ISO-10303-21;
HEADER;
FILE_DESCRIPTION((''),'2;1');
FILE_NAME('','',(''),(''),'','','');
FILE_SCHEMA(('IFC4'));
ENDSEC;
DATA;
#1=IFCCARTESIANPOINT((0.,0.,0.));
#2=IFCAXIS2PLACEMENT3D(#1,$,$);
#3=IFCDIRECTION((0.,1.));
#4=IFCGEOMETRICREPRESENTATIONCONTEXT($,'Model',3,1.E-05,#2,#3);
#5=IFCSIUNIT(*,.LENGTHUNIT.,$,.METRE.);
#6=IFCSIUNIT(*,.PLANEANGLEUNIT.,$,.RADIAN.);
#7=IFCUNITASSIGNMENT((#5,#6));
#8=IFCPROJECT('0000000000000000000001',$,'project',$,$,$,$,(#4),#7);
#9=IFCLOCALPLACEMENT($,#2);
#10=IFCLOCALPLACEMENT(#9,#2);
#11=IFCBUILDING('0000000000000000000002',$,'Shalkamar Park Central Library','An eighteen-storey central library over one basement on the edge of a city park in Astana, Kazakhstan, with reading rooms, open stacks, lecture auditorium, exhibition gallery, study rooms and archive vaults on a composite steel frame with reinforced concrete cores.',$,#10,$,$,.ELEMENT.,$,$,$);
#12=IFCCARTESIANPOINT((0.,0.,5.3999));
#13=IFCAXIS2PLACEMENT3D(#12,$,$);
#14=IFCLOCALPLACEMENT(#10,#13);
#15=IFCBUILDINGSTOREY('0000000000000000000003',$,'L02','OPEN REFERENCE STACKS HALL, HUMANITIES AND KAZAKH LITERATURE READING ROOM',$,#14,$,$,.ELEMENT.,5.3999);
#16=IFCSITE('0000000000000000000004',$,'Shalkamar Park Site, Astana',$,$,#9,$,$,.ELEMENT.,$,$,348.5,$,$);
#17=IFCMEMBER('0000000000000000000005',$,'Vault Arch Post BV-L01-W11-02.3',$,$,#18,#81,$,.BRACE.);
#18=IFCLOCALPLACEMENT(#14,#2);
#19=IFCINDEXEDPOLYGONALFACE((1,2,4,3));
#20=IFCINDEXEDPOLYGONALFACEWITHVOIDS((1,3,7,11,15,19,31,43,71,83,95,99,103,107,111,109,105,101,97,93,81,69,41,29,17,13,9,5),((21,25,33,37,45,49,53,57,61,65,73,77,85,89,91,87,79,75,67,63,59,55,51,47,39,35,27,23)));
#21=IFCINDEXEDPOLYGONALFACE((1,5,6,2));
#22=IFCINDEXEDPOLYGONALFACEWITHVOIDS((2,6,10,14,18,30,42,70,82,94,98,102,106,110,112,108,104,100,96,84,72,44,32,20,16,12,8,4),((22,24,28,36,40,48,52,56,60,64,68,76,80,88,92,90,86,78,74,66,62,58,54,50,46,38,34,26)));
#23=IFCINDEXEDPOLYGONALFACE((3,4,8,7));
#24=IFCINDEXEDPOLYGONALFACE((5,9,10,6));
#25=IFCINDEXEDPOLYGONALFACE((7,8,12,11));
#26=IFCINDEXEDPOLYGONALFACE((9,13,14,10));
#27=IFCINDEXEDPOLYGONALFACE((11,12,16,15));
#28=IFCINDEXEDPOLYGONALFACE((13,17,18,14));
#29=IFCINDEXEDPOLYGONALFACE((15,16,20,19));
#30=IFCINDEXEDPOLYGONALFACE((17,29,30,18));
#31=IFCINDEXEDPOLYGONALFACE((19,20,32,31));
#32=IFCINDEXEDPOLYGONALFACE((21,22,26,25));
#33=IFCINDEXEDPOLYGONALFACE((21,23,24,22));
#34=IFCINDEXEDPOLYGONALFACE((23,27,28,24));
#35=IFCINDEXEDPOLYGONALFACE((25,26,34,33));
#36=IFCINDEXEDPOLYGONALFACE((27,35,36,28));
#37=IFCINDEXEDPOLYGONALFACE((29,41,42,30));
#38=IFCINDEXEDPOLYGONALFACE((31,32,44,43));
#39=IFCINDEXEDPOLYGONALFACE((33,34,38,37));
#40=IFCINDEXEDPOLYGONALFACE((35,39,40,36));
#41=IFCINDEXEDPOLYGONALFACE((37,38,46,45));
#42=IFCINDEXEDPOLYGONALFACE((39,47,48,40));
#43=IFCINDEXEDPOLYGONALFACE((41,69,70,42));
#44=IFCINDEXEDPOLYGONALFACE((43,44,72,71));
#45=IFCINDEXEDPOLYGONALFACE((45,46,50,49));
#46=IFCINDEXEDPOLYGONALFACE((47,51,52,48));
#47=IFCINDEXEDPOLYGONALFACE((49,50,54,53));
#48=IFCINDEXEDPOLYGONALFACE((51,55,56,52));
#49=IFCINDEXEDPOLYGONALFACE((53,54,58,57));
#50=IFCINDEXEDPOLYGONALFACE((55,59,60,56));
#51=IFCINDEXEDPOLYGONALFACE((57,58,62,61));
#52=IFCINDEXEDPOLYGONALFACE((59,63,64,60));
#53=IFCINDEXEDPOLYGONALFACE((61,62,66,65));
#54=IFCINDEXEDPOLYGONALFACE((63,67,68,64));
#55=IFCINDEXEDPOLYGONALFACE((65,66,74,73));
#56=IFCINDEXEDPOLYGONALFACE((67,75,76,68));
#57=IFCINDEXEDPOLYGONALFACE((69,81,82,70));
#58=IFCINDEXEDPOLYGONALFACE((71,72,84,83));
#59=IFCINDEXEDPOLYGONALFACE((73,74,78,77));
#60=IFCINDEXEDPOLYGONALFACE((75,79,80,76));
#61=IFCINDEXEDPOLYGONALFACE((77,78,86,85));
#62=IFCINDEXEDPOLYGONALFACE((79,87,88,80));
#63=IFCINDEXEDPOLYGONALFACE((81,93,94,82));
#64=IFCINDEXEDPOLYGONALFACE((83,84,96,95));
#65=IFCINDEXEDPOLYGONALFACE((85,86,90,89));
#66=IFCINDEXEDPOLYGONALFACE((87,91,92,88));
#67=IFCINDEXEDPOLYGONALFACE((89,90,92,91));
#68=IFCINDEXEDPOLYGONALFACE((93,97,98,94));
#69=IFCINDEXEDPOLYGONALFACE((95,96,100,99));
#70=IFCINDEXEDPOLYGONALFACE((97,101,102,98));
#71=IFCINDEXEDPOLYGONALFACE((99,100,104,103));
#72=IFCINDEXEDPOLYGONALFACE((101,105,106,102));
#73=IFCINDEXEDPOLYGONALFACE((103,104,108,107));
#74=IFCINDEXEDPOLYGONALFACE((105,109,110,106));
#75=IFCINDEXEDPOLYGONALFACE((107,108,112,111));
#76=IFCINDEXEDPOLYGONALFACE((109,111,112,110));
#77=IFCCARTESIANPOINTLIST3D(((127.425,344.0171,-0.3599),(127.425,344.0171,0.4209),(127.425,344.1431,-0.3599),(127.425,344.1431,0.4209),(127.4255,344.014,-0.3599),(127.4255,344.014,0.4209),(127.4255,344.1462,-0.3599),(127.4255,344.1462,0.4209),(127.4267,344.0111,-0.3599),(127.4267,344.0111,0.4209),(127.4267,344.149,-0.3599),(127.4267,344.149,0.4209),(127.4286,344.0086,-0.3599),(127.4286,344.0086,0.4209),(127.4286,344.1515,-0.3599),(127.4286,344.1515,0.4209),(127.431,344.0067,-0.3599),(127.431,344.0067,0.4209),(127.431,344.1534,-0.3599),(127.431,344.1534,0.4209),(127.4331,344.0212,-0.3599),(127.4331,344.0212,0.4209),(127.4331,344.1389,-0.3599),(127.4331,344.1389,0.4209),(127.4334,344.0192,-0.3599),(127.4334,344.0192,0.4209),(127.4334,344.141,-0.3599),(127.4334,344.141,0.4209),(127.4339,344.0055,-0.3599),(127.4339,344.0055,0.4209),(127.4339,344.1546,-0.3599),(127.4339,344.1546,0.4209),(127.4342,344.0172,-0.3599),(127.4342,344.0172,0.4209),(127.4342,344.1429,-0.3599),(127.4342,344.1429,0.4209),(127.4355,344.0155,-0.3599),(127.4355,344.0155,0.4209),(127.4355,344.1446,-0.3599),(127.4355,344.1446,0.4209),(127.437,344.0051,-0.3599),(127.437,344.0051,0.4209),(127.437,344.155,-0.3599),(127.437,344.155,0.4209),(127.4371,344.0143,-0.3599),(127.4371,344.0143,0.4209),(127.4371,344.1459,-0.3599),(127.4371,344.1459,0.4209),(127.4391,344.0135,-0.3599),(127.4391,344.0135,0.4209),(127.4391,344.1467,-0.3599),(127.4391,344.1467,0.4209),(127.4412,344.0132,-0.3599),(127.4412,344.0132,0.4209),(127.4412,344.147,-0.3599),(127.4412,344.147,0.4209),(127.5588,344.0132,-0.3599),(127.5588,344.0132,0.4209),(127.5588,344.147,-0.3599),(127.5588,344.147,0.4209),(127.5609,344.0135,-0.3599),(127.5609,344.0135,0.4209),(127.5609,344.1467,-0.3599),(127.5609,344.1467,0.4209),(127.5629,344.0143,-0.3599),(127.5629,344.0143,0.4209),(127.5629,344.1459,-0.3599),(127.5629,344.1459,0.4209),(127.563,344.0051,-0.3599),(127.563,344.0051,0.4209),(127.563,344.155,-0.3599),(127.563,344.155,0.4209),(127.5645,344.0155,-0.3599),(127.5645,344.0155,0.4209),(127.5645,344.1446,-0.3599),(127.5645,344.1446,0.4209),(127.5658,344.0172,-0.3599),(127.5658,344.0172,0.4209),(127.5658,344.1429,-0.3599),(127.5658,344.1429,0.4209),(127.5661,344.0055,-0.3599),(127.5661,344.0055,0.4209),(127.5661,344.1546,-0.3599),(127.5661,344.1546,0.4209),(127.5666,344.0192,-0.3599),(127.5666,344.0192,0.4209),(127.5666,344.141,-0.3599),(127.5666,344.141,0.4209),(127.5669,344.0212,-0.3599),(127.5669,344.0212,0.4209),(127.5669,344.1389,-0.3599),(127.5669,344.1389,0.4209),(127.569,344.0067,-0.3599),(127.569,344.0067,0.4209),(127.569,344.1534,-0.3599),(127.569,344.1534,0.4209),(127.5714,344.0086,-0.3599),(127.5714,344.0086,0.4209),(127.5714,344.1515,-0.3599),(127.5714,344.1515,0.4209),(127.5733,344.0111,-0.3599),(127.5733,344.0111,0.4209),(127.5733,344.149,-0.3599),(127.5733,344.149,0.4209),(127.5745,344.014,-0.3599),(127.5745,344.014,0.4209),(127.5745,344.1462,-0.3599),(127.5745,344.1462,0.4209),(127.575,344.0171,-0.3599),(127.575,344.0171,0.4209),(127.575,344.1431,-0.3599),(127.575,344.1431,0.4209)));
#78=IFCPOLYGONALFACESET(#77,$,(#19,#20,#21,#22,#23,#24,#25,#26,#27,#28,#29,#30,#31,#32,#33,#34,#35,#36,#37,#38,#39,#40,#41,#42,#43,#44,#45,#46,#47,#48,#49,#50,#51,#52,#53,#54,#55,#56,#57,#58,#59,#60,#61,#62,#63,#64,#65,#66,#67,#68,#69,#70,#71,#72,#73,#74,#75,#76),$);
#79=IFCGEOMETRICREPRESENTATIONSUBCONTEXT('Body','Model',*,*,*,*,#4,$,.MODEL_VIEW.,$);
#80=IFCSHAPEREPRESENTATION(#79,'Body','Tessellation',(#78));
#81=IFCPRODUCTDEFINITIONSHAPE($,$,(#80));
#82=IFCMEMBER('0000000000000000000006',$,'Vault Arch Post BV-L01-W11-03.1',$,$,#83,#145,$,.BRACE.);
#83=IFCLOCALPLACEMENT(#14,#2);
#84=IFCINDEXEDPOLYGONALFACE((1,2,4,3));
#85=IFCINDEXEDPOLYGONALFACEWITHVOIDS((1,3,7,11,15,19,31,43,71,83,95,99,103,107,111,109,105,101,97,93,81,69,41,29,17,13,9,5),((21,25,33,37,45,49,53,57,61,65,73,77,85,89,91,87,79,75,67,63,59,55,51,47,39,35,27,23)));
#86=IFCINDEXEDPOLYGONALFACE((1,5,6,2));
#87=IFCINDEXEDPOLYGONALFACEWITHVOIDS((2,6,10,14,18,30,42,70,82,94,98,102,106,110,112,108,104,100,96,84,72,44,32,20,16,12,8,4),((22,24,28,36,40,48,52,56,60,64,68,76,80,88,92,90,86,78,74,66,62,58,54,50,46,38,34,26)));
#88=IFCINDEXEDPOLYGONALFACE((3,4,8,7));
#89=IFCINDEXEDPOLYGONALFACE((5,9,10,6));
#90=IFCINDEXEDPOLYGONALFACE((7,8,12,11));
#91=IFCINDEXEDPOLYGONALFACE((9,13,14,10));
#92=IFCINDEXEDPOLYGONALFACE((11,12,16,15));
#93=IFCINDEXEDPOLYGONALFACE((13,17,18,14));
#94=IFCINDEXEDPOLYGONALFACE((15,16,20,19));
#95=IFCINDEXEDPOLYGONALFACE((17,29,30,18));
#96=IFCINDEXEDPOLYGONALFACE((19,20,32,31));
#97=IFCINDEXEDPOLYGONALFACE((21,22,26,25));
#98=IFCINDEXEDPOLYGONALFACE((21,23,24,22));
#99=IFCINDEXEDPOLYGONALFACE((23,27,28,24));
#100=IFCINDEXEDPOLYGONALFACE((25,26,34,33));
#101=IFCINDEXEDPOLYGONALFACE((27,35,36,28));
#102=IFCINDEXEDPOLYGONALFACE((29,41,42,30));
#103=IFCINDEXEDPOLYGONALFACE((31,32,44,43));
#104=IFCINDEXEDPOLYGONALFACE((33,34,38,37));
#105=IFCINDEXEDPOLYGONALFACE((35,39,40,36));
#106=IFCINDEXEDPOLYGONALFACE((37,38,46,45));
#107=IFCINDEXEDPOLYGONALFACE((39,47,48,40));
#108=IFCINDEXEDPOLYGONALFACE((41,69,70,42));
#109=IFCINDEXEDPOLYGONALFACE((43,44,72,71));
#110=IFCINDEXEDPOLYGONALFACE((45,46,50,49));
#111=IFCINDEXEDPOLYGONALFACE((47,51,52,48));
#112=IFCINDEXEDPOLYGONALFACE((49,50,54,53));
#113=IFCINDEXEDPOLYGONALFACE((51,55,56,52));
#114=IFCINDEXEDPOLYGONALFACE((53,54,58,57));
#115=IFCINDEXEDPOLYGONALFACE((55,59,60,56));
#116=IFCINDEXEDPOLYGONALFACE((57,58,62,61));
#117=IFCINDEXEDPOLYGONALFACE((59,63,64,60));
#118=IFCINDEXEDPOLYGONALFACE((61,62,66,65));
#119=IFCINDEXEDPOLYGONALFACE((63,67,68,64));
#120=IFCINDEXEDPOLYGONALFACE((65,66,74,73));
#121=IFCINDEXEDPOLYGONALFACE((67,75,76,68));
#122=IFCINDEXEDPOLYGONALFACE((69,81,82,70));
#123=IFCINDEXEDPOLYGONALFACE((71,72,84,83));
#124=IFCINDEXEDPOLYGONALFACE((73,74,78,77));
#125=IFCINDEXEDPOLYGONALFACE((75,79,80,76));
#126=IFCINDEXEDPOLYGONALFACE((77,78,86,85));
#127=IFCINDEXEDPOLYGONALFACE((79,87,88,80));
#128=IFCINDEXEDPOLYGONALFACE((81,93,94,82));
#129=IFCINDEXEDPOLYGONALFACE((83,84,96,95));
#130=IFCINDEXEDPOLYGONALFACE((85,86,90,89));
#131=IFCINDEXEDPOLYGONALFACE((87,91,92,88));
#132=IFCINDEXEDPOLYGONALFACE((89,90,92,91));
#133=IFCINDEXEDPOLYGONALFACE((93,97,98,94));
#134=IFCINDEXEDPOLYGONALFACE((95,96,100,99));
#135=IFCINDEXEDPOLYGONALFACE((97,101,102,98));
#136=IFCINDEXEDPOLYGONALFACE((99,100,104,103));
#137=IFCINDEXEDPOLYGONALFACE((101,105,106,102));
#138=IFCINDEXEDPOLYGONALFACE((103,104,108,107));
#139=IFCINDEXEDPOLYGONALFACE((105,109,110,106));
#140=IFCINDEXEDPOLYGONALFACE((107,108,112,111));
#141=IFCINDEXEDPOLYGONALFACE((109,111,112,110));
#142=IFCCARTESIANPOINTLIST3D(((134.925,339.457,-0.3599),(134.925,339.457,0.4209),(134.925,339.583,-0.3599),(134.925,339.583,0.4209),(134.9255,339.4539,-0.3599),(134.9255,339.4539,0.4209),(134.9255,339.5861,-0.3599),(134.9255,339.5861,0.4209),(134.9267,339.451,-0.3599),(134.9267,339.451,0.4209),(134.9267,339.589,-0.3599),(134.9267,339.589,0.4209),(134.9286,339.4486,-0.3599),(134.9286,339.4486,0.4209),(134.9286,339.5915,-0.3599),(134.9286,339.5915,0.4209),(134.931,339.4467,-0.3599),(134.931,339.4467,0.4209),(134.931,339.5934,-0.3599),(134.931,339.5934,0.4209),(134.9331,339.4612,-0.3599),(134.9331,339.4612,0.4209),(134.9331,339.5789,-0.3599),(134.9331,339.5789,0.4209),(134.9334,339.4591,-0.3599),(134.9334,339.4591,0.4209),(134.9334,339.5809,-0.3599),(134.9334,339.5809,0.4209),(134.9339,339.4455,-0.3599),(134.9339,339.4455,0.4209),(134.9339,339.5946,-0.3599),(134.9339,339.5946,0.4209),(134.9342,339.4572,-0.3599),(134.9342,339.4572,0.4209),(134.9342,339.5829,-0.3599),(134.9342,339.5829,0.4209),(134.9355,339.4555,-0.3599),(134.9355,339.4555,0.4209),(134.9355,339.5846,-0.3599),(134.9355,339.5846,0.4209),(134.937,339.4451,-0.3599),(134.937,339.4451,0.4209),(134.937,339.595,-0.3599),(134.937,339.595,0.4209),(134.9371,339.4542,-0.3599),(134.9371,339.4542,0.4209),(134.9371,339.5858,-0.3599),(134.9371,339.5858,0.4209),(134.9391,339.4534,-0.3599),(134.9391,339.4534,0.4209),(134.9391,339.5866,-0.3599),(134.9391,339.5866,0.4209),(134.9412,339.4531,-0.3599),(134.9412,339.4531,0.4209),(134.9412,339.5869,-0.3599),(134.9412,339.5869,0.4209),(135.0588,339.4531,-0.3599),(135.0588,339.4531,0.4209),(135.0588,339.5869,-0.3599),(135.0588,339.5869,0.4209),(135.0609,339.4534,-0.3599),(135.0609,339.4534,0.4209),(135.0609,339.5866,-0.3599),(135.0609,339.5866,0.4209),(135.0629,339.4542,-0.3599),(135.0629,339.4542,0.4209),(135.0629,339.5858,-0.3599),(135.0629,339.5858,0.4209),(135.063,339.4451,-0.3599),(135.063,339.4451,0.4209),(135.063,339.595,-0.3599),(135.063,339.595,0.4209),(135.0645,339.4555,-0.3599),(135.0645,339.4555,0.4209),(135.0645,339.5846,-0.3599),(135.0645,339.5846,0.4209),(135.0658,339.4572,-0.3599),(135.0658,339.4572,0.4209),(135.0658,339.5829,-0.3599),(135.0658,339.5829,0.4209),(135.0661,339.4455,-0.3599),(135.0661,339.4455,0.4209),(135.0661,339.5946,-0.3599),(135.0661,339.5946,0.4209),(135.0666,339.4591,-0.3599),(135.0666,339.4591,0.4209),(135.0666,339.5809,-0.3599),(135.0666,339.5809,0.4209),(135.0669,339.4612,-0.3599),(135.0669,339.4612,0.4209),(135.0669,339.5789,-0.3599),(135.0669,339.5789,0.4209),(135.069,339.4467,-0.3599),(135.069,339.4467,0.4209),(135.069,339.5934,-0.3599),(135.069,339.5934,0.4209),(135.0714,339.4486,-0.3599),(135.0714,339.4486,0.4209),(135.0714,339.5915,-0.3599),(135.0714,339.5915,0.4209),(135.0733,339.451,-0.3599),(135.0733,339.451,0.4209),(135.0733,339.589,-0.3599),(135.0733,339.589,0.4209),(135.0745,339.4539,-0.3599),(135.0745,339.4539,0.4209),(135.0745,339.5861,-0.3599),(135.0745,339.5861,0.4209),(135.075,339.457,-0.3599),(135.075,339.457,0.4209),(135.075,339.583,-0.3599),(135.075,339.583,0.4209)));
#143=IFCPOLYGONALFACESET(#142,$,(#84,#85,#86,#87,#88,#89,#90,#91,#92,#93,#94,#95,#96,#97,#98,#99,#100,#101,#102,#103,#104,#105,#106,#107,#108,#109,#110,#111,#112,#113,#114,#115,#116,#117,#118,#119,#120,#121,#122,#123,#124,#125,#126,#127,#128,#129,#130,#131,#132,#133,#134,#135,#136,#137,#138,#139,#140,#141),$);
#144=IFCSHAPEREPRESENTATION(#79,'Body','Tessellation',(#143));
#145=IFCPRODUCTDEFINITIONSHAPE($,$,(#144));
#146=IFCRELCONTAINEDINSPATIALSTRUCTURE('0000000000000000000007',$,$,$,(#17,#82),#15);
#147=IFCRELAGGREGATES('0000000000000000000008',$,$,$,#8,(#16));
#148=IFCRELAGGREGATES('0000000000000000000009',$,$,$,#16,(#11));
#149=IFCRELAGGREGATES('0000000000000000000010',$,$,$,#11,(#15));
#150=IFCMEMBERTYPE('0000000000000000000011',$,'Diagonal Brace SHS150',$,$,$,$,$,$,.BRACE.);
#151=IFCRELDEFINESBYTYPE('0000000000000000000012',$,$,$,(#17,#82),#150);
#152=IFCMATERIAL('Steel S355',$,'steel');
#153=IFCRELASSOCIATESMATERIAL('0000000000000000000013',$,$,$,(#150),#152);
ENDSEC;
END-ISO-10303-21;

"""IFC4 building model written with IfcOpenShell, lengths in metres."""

from ifc_helpers import new_model, si_unit, direction, frame, origin, origin_2d, place, context, subcontext, project, spatial, hollow_rectangle, extrude, material, material_profile, profile_set, type_object, element, save


model = new_model("IFC4")

# Units and contexts
model_context = context("Model", 3, precision=1e-05, world=origin(), true_north=direction((0.0, 1.0)))
body_context = subcontext(model_context, "Body", "Model", "MODEL_VIEW")
ifc_project = project(units=[si_unit("LENGTHUNIT", "METRE"), si_unit("PLANEANGLEUNIT", "RADIAN")], contexts=[model_context])

# Site, building, storey
site_placement = place(None, origin())
site = spatial("IfcSite", under=ifc_project, at=site_placement, Name="Shalkamar Park Site, Astana", CompositionType="ELEMENT", RefElevation=348.5)
building_placement = place(site_placement, origin())
building = spatial("IfcBuilding", under=site, at=building_placement, Name="Shalkamar Park Central Library", Description="An eighteen-storey central library over one basement on the edge of a city park in Astana, Kazakhstan, with reading rooms, open stacks, lecture auditorium, exhibition gallery, study rooms and archive vaults on a composite steel frame with reinforced concrete cores.", CompositionType="ELEMENT")
storey_placement = place(building_placement, frame((0.0, 0.0, 5.3999)))
storey = spatial("IfcBuildingStorey", under=building, at=storey_placement, Name="L02", Description="OPEN REFERENCE STACKS HALL, HUMANITIES AND KAZAKH LITERATURE READING ROOM", CompositionType="ELEMENT", Elevation=5.3999)

# Members
ifc_material_1 = material(Name="Steel S355", Category="steel")
ifc_material_profile_1 = material_profile(ifc_material_1, hollow_rectangle(XDim=0.1499, YDim=0.1499, WallThickness=0.0081, InnerFilletRadius=0.0081, OuterFilletRadius=0.012, at=origin_2d()), Name="SHS 150x150x8")
ifc_profile_set_1 = profile_set([ifc_material_profile_1], Name="Steel S355")
member_type_1 = type_object("IfcMemberType", Name="Diagonal Brace SHS150", PredefinedType="BRACE", material=ifc_profile_set_1)
for number, where, z_axis, x_axis, name in (
    (1, (127.5, 344.0801, -0.3599), (0.0, 0.0, 1.0), (1.0, 0.0, 0.0), "Vault Arch Post BV-L01-W11-02.3"),
    (2, (135.0, 339.52, -0.3599), (0.0, 0.0, 1.0), (1.0, 0.0, 0.0), "Vault Arch Post BV-L01-W11-03.1"),
):
    element("IfcMember", number, at=place(storey_placement, frame(where, z_axis=z_axis, x_axis=x_axis)), inside=storey, type_object=member_type_1, Name=name, PredefinedType="BRACE", context=body_context, shape_type="SweptSolid", body=[
        extrude(hollow_rectangle(XDim=0.1499, YDim=0.1499, WallThickness=0.0081, InnerFilletRadius=0.0081, OuterFilletRadius=0.012, at=origin_2d()), origin(), (0.0, 0.0, 1.0), 0.7808),
    ])

save(model, "model.ifc")
